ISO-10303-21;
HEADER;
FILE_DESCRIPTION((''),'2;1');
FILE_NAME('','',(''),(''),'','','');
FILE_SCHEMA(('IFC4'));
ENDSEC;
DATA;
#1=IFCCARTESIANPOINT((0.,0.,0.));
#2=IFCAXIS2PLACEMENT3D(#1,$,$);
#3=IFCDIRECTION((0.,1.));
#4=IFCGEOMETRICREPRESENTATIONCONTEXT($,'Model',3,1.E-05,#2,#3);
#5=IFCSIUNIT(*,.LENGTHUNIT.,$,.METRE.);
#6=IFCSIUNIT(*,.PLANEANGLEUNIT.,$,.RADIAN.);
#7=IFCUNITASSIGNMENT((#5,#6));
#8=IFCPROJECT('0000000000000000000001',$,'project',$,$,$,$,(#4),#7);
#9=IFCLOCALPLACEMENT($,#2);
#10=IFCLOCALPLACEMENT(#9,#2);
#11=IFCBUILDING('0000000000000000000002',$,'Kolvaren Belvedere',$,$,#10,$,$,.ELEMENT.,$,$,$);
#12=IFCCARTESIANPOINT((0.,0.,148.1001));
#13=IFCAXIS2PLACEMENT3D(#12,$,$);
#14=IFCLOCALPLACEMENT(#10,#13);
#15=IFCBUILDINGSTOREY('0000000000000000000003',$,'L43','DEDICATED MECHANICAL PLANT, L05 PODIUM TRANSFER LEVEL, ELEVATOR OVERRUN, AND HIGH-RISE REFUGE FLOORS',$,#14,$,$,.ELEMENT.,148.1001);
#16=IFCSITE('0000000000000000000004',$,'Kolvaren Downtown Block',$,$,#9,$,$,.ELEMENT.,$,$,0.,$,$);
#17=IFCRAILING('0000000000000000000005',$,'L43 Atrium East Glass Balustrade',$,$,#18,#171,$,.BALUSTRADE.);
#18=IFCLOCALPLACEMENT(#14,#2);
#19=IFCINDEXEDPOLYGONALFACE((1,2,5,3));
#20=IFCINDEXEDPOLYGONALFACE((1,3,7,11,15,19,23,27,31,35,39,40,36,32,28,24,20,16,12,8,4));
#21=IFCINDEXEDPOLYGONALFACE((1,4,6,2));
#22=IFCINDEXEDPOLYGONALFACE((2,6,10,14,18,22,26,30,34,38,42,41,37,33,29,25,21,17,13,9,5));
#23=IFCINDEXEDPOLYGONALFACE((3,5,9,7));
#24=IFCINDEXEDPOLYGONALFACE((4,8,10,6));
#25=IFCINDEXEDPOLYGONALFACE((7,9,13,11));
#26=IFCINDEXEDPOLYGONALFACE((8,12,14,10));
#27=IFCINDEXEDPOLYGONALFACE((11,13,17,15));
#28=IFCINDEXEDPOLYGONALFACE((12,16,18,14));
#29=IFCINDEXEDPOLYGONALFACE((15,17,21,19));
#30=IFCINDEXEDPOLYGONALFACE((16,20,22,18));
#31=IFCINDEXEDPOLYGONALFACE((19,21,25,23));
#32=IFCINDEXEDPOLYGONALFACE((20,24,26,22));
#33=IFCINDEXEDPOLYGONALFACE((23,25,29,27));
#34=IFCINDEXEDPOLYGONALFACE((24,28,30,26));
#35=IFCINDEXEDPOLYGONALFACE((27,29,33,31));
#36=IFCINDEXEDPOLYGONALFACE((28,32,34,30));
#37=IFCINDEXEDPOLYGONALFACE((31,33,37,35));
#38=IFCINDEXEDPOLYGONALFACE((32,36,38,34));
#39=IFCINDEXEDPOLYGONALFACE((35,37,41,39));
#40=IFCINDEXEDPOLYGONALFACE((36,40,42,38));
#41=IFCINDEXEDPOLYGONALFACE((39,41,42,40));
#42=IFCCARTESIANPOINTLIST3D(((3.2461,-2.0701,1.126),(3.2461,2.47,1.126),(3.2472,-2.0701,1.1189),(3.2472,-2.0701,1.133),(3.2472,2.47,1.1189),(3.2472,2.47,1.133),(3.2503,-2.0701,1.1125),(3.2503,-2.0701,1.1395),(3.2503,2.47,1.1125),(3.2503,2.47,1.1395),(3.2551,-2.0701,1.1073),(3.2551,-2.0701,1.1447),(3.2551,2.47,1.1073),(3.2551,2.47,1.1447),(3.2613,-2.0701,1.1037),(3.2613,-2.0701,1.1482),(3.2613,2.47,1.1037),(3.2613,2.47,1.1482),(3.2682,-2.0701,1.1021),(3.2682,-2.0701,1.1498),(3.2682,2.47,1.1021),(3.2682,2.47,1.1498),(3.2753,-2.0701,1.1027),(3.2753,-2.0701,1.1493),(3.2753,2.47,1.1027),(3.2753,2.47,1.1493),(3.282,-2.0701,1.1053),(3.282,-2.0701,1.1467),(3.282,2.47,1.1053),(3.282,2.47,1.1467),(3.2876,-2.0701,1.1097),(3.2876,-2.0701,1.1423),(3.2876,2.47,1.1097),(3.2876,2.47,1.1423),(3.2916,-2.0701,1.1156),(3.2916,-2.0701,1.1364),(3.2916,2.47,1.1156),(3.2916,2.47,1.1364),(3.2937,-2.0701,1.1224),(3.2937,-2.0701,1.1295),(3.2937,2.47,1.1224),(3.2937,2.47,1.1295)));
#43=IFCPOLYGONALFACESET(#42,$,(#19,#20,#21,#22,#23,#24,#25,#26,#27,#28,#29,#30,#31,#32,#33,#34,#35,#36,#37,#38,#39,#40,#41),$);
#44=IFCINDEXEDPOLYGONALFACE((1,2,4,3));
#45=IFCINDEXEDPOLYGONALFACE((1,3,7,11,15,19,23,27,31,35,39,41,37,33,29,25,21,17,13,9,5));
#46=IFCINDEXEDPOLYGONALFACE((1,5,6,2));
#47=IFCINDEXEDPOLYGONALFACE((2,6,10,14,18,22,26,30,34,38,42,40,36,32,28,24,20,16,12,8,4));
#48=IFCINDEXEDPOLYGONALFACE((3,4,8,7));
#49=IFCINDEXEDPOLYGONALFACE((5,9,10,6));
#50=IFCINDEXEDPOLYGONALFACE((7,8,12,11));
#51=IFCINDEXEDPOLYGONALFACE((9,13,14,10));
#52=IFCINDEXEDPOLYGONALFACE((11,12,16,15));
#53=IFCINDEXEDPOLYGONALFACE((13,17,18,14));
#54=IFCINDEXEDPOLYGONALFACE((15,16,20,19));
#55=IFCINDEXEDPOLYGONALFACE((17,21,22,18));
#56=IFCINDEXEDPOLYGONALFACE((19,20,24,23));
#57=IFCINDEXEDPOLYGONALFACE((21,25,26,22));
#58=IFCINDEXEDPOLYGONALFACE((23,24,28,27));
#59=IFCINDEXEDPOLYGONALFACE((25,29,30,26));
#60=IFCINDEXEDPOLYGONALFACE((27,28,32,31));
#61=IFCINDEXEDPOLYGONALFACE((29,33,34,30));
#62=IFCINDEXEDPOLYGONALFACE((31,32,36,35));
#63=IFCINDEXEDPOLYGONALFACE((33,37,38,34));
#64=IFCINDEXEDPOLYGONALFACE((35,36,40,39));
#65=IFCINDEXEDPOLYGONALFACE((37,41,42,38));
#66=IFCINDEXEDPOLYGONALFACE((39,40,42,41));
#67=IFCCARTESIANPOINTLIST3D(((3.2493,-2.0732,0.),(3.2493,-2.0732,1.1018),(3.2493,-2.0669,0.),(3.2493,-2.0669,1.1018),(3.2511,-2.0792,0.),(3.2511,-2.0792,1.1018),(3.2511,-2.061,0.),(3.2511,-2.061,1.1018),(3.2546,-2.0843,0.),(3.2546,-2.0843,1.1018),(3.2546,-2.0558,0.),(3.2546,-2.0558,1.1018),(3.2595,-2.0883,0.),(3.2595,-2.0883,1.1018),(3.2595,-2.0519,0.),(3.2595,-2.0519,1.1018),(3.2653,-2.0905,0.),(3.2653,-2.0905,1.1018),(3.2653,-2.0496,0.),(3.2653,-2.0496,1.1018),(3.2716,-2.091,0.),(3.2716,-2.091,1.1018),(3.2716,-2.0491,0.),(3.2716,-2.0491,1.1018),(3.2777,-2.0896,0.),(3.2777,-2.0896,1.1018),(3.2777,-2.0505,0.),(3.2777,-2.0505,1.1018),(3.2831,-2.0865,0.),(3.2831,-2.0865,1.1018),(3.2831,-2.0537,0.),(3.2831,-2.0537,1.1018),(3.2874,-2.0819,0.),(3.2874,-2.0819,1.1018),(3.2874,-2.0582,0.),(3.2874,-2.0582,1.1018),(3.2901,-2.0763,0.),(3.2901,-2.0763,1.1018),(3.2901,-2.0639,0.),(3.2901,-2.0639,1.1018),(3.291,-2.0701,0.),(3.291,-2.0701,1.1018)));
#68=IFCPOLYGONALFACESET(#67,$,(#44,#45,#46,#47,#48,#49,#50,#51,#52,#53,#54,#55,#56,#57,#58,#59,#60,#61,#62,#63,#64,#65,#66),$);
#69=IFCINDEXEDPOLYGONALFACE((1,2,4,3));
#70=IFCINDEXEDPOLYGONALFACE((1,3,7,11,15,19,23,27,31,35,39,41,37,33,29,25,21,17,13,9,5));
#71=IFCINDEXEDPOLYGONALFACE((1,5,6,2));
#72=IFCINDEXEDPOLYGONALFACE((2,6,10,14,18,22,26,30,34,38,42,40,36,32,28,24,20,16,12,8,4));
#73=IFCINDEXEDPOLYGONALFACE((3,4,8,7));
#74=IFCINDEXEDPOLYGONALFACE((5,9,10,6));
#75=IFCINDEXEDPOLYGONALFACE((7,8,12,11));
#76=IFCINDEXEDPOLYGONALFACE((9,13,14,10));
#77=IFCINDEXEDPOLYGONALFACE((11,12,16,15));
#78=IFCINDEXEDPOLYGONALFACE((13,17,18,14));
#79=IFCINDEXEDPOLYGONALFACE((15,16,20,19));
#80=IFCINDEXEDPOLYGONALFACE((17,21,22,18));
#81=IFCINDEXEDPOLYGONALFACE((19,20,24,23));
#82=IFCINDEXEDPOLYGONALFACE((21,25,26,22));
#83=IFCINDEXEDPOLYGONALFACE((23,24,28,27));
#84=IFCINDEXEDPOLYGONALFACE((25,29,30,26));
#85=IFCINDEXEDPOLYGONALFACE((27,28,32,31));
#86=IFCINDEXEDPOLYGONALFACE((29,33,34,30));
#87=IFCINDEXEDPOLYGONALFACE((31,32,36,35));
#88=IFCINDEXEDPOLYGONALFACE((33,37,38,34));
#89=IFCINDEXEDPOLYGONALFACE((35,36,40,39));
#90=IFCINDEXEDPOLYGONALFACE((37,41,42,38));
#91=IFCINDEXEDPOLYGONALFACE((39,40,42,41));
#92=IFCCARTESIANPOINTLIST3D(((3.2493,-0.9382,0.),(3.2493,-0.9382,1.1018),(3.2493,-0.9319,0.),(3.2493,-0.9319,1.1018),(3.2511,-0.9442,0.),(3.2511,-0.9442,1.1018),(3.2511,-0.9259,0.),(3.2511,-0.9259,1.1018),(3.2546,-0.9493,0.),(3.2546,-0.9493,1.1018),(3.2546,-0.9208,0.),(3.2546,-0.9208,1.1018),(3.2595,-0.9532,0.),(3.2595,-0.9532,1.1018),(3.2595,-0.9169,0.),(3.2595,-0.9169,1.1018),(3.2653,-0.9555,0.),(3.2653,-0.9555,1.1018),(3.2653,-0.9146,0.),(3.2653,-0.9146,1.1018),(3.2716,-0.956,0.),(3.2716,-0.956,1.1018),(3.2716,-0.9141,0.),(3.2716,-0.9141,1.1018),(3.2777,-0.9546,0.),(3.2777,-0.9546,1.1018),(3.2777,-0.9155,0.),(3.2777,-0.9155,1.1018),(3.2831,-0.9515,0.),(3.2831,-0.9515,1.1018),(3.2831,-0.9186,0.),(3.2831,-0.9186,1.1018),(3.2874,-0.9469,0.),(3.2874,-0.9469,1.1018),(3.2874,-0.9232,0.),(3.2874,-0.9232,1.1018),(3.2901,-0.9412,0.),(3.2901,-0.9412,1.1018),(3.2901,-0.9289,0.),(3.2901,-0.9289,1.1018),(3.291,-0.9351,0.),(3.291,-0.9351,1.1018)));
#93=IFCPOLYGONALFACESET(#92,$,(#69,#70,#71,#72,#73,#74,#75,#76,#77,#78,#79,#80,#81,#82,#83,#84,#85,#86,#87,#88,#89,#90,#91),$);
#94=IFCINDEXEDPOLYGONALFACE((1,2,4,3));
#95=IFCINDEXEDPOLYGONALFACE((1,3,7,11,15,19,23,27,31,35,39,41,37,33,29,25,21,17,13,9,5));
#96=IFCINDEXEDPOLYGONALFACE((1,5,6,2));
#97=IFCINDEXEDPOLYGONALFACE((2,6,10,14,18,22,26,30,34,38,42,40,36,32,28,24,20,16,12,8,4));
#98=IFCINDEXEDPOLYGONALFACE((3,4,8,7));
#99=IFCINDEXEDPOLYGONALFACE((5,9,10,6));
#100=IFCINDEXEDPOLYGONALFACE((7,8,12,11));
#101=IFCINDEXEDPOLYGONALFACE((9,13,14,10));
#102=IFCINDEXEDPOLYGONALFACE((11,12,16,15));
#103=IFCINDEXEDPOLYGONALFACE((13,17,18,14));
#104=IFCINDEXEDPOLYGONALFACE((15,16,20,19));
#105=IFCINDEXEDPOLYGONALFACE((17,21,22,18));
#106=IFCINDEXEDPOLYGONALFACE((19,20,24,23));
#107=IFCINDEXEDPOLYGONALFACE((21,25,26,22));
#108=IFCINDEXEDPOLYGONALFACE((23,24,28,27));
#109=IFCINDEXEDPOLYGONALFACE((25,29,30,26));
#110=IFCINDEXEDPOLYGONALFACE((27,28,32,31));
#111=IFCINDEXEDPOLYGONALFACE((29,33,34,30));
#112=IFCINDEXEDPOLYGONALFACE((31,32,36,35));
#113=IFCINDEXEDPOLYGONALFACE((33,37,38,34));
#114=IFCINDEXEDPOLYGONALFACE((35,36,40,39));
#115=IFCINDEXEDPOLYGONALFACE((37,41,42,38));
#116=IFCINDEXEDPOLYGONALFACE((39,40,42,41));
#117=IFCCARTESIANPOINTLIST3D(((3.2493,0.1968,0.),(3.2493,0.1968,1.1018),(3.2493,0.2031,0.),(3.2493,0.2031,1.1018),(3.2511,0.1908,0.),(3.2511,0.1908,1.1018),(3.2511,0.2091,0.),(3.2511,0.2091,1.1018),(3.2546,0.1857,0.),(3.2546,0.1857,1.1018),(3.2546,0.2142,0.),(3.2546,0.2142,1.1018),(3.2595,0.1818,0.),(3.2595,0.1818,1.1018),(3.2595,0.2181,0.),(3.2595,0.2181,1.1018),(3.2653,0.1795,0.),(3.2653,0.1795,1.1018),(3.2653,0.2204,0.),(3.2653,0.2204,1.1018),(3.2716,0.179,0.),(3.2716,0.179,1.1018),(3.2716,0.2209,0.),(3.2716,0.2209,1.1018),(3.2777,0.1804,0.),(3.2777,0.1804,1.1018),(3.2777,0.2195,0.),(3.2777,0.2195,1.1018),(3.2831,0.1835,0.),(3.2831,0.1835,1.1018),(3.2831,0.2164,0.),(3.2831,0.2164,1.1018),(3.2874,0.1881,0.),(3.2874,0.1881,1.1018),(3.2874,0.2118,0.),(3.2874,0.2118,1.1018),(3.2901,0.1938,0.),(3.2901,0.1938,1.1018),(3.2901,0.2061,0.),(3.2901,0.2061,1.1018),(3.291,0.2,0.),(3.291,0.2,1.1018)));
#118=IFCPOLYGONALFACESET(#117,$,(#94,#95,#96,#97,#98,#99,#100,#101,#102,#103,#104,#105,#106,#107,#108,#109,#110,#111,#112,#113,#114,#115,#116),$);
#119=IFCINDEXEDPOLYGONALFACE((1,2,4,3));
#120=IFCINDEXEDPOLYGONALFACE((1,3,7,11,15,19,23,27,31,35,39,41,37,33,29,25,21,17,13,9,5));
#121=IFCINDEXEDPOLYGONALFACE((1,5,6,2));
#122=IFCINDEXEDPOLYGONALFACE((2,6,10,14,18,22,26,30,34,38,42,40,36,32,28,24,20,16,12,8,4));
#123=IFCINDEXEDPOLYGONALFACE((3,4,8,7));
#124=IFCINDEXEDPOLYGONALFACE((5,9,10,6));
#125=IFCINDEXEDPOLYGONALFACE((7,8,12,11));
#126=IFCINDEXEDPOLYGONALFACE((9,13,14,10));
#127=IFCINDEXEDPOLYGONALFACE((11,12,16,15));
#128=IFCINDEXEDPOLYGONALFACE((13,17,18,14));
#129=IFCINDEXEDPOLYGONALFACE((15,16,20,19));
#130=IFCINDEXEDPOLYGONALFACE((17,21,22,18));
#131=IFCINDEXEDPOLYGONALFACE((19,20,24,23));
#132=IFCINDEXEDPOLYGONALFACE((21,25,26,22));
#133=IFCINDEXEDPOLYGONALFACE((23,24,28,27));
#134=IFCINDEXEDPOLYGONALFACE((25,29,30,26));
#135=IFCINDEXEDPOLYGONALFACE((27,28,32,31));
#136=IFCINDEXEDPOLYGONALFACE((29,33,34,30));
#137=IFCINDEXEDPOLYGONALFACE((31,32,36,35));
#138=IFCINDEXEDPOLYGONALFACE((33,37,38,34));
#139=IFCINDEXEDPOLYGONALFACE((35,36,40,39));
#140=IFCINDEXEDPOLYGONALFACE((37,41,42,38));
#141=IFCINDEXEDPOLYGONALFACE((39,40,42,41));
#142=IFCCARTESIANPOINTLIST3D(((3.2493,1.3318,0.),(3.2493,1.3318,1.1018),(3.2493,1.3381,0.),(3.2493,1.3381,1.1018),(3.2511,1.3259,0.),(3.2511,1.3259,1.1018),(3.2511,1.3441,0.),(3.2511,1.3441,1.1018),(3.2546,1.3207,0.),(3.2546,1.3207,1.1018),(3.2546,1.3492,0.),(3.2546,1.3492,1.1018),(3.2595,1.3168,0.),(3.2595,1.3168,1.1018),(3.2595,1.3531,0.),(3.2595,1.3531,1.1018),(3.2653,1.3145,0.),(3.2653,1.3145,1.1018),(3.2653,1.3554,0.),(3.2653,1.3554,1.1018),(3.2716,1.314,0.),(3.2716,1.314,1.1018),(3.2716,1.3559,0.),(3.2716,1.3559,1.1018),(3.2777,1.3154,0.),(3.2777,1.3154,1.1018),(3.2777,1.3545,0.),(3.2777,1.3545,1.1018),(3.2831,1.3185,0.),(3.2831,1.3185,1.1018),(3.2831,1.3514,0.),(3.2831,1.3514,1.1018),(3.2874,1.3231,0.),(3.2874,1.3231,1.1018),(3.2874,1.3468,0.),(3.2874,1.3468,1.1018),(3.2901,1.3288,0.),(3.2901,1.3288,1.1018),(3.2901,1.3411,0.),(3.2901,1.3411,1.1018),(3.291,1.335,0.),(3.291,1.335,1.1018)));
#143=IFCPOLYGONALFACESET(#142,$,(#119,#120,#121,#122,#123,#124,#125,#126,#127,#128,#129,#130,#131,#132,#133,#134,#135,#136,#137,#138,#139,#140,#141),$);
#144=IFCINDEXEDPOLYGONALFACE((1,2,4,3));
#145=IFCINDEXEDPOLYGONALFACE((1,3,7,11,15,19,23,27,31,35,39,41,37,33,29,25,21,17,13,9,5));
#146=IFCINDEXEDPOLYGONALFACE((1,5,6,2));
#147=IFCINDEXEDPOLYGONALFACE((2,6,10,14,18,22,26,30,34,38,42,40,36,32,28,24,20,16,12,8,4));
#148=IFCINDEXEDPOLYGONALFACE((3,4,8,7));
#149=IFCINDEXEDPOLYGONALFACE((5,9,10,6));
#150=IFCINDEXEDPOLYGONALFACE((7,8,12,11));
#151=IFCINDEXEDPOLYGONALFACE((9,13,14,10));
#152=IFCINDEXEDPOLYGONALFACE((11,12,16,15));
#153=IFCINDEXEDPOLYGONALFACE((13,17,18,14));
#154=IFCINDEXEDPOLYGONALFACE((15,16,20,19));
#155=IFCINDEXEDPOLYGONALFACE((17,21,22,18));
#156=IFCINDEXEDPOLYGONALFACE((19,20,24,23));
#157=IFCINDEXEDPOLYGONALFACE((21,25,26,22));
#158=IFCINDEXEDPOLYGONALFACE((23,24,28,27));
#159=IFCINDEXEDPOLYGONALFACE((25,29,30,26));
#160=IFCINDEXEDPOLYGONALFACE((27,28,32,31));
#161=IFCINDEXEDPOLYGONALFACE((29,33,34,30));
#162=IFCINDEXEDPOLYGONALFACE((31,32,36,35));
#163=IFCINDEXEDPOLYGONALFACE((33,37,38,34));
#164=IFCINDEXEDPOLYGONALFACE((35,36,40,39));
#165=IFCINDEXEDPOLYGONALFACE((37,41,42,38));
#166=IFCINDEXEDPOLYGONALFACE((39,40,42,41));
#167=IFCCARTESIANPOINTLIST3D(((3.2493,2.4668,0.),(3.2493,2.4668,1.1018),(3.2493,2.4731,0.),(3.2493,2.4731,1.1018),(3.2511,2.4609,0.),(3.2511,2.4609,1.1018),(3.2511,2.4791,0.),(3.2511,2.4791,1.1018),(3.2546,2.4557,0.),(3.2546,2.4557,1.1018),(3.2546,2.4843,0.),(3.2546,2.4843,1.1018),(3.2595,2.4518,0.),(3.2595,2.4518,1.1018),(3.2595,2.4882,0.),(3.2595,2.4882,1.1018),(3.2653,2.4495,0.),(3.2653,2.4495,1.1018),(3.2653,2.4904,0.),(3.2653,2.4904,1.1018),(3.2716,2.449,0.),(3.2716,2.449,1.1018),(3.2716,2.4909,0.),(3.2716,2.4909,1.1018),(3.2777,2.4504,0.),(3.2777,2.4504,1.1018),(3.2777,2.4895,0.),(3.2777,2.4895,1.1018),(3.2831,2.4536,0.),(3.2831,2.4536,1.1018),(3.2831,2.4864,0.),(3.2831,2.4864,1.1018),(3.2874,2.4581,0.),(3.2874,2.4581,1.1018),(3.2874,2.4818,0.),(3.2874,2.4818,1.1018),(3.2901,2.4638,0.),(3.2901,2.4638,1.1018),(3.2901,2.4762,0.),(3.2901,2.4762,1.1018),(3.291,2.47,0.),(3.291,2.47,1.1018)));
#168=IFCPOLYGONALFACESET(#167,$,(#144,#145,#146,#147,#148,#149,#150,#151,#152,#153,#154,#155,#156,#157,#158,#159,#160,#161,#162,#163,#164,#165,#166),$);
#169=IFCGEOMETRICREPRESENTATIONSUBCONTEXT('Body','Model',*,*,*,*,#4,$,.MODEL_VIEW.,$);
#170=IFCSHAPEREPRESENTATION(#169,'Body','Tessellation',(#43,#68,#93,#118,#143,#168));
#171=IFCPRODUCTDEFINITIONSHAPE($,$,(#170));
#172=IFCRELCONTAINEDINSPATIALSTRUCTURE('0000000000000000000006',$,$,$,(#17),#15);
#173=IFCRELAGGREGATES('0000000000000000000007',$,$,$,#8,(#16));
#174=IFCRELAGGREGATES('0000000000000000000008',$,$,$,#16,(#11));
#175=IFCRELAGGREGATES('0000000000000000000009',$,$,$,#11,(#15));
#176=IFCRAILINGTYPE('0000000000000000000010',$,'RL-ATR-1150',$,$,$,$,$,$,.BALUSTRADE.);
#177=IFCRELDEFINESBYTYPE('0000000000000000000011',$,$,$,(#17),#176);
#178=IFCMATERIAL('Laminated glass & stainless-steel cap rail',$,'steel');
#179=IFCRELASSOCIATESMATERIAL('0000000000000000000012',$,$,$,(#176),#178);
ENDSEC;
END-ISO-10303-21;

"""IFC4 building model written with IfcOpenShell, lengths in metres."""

from ifc_helpers import new_model, si_unit, direction, frame, origin, origin_2d, place, context, subcontext, project, spatial, circle, extrude, material, type_object, element, save


model = new_model("IFC4")

# Units and contexts
model_context = context("Model", 3, precision=1e-05, world=origin(), true_north=direction((0.0, 1.0)))
body_context = subcontext(model_context, "Body", "Model", "MODEL_VIEW")
ifc_project = project(units=[si_unit("LENGTHUNIT", "METRE"), si_unit("PLANEANGLEUNIT", "RADIAN")], contexts=[model_context])

# Site, building, storey
site_placement = place(None, origin())
site = spatial("IfcSite", under=ifc_project, at=site_placement, Name="Kolvaren Downtown Block", CompositionType="ELEMENT", RefElevation=0.0)
building_placement = place(site_placement, origin())
building = spatial("IfcBuilding", under=site, at=building_placement, Name="Kolvaren Belvedere", CompositionType="ELEMENT")
storey_placement = place(building_placement, frame((0.0, 0.0, 148.1001)))
storey = spatial("IfcBuildingStorey", under=building, at=storey_placement, Name="L43", Description="DEDICATED MECHANICAL PLANT, L05 PODIUM TRANSFER LEVEL, ELEVATOR OVERRUN, AND HIGH-RISE REFUGE FLOORS", CompositionType="ELEMENT", Elevation=148.1001)

# Railing
ifc_material_1 = material(Name="Laminated glass & stainless-steel cap rail", Category="steel")
railing_type_1 = type_object("IfcRailingType", Name="RL-ATR-1150", PredefinedType="BALUSTRADE", material=ifc_material_1)
railing_1_placement = place(storey_placement, frame((3.27, -2.0701, 0.0)))
element("IfcRailing", 1, at=railing_1_placement, inside=storey, type_object=railing_type_1, Name="L43 Atrium East Glass Balustrade", PredefinedType="BALUSTRADE", context=body_context, shape_type="SweptSolid", body=[
    extrude(circle(Radius=0.0239, at=origin_2d()), frame((0.0, 0.0, 1.126), z_axis=(0.0, 1.0, 0.0), x_axis=(-1.0, 0.0, 0.0)), (0.0, 0.0, 1.0), 4.54),
    extrude(circle(Radius=0.021, at=origin_2d()), origin(), (0.0, 0.0, 1.0), 1.1018),
    extrude(circle(Radius=0.021, at=origin_2d()), frame((0.0, 1.135, 0.0)), (0.0, 0.0, 1.0), 1.1018),
    extrude(circle(Radius=0.021, at=origin_2d()), frame((0.0, 2.27, 0.0)), (0.0, 0.0, 1.0), 1.1018),
    extrude(circle(Radius=0.021, at=origin_2d()), frame((0.0, 3.405, 0.0)), (0.0, 0.0, 1.0), 1.1018),
    extrude(circle(Radius=0.021, at=origin_2d()), frame((0.0, 4.54, 0.0)), (0.0, 0.0, 1.0), 1.1018),
])

save(model, "model.ifc")
